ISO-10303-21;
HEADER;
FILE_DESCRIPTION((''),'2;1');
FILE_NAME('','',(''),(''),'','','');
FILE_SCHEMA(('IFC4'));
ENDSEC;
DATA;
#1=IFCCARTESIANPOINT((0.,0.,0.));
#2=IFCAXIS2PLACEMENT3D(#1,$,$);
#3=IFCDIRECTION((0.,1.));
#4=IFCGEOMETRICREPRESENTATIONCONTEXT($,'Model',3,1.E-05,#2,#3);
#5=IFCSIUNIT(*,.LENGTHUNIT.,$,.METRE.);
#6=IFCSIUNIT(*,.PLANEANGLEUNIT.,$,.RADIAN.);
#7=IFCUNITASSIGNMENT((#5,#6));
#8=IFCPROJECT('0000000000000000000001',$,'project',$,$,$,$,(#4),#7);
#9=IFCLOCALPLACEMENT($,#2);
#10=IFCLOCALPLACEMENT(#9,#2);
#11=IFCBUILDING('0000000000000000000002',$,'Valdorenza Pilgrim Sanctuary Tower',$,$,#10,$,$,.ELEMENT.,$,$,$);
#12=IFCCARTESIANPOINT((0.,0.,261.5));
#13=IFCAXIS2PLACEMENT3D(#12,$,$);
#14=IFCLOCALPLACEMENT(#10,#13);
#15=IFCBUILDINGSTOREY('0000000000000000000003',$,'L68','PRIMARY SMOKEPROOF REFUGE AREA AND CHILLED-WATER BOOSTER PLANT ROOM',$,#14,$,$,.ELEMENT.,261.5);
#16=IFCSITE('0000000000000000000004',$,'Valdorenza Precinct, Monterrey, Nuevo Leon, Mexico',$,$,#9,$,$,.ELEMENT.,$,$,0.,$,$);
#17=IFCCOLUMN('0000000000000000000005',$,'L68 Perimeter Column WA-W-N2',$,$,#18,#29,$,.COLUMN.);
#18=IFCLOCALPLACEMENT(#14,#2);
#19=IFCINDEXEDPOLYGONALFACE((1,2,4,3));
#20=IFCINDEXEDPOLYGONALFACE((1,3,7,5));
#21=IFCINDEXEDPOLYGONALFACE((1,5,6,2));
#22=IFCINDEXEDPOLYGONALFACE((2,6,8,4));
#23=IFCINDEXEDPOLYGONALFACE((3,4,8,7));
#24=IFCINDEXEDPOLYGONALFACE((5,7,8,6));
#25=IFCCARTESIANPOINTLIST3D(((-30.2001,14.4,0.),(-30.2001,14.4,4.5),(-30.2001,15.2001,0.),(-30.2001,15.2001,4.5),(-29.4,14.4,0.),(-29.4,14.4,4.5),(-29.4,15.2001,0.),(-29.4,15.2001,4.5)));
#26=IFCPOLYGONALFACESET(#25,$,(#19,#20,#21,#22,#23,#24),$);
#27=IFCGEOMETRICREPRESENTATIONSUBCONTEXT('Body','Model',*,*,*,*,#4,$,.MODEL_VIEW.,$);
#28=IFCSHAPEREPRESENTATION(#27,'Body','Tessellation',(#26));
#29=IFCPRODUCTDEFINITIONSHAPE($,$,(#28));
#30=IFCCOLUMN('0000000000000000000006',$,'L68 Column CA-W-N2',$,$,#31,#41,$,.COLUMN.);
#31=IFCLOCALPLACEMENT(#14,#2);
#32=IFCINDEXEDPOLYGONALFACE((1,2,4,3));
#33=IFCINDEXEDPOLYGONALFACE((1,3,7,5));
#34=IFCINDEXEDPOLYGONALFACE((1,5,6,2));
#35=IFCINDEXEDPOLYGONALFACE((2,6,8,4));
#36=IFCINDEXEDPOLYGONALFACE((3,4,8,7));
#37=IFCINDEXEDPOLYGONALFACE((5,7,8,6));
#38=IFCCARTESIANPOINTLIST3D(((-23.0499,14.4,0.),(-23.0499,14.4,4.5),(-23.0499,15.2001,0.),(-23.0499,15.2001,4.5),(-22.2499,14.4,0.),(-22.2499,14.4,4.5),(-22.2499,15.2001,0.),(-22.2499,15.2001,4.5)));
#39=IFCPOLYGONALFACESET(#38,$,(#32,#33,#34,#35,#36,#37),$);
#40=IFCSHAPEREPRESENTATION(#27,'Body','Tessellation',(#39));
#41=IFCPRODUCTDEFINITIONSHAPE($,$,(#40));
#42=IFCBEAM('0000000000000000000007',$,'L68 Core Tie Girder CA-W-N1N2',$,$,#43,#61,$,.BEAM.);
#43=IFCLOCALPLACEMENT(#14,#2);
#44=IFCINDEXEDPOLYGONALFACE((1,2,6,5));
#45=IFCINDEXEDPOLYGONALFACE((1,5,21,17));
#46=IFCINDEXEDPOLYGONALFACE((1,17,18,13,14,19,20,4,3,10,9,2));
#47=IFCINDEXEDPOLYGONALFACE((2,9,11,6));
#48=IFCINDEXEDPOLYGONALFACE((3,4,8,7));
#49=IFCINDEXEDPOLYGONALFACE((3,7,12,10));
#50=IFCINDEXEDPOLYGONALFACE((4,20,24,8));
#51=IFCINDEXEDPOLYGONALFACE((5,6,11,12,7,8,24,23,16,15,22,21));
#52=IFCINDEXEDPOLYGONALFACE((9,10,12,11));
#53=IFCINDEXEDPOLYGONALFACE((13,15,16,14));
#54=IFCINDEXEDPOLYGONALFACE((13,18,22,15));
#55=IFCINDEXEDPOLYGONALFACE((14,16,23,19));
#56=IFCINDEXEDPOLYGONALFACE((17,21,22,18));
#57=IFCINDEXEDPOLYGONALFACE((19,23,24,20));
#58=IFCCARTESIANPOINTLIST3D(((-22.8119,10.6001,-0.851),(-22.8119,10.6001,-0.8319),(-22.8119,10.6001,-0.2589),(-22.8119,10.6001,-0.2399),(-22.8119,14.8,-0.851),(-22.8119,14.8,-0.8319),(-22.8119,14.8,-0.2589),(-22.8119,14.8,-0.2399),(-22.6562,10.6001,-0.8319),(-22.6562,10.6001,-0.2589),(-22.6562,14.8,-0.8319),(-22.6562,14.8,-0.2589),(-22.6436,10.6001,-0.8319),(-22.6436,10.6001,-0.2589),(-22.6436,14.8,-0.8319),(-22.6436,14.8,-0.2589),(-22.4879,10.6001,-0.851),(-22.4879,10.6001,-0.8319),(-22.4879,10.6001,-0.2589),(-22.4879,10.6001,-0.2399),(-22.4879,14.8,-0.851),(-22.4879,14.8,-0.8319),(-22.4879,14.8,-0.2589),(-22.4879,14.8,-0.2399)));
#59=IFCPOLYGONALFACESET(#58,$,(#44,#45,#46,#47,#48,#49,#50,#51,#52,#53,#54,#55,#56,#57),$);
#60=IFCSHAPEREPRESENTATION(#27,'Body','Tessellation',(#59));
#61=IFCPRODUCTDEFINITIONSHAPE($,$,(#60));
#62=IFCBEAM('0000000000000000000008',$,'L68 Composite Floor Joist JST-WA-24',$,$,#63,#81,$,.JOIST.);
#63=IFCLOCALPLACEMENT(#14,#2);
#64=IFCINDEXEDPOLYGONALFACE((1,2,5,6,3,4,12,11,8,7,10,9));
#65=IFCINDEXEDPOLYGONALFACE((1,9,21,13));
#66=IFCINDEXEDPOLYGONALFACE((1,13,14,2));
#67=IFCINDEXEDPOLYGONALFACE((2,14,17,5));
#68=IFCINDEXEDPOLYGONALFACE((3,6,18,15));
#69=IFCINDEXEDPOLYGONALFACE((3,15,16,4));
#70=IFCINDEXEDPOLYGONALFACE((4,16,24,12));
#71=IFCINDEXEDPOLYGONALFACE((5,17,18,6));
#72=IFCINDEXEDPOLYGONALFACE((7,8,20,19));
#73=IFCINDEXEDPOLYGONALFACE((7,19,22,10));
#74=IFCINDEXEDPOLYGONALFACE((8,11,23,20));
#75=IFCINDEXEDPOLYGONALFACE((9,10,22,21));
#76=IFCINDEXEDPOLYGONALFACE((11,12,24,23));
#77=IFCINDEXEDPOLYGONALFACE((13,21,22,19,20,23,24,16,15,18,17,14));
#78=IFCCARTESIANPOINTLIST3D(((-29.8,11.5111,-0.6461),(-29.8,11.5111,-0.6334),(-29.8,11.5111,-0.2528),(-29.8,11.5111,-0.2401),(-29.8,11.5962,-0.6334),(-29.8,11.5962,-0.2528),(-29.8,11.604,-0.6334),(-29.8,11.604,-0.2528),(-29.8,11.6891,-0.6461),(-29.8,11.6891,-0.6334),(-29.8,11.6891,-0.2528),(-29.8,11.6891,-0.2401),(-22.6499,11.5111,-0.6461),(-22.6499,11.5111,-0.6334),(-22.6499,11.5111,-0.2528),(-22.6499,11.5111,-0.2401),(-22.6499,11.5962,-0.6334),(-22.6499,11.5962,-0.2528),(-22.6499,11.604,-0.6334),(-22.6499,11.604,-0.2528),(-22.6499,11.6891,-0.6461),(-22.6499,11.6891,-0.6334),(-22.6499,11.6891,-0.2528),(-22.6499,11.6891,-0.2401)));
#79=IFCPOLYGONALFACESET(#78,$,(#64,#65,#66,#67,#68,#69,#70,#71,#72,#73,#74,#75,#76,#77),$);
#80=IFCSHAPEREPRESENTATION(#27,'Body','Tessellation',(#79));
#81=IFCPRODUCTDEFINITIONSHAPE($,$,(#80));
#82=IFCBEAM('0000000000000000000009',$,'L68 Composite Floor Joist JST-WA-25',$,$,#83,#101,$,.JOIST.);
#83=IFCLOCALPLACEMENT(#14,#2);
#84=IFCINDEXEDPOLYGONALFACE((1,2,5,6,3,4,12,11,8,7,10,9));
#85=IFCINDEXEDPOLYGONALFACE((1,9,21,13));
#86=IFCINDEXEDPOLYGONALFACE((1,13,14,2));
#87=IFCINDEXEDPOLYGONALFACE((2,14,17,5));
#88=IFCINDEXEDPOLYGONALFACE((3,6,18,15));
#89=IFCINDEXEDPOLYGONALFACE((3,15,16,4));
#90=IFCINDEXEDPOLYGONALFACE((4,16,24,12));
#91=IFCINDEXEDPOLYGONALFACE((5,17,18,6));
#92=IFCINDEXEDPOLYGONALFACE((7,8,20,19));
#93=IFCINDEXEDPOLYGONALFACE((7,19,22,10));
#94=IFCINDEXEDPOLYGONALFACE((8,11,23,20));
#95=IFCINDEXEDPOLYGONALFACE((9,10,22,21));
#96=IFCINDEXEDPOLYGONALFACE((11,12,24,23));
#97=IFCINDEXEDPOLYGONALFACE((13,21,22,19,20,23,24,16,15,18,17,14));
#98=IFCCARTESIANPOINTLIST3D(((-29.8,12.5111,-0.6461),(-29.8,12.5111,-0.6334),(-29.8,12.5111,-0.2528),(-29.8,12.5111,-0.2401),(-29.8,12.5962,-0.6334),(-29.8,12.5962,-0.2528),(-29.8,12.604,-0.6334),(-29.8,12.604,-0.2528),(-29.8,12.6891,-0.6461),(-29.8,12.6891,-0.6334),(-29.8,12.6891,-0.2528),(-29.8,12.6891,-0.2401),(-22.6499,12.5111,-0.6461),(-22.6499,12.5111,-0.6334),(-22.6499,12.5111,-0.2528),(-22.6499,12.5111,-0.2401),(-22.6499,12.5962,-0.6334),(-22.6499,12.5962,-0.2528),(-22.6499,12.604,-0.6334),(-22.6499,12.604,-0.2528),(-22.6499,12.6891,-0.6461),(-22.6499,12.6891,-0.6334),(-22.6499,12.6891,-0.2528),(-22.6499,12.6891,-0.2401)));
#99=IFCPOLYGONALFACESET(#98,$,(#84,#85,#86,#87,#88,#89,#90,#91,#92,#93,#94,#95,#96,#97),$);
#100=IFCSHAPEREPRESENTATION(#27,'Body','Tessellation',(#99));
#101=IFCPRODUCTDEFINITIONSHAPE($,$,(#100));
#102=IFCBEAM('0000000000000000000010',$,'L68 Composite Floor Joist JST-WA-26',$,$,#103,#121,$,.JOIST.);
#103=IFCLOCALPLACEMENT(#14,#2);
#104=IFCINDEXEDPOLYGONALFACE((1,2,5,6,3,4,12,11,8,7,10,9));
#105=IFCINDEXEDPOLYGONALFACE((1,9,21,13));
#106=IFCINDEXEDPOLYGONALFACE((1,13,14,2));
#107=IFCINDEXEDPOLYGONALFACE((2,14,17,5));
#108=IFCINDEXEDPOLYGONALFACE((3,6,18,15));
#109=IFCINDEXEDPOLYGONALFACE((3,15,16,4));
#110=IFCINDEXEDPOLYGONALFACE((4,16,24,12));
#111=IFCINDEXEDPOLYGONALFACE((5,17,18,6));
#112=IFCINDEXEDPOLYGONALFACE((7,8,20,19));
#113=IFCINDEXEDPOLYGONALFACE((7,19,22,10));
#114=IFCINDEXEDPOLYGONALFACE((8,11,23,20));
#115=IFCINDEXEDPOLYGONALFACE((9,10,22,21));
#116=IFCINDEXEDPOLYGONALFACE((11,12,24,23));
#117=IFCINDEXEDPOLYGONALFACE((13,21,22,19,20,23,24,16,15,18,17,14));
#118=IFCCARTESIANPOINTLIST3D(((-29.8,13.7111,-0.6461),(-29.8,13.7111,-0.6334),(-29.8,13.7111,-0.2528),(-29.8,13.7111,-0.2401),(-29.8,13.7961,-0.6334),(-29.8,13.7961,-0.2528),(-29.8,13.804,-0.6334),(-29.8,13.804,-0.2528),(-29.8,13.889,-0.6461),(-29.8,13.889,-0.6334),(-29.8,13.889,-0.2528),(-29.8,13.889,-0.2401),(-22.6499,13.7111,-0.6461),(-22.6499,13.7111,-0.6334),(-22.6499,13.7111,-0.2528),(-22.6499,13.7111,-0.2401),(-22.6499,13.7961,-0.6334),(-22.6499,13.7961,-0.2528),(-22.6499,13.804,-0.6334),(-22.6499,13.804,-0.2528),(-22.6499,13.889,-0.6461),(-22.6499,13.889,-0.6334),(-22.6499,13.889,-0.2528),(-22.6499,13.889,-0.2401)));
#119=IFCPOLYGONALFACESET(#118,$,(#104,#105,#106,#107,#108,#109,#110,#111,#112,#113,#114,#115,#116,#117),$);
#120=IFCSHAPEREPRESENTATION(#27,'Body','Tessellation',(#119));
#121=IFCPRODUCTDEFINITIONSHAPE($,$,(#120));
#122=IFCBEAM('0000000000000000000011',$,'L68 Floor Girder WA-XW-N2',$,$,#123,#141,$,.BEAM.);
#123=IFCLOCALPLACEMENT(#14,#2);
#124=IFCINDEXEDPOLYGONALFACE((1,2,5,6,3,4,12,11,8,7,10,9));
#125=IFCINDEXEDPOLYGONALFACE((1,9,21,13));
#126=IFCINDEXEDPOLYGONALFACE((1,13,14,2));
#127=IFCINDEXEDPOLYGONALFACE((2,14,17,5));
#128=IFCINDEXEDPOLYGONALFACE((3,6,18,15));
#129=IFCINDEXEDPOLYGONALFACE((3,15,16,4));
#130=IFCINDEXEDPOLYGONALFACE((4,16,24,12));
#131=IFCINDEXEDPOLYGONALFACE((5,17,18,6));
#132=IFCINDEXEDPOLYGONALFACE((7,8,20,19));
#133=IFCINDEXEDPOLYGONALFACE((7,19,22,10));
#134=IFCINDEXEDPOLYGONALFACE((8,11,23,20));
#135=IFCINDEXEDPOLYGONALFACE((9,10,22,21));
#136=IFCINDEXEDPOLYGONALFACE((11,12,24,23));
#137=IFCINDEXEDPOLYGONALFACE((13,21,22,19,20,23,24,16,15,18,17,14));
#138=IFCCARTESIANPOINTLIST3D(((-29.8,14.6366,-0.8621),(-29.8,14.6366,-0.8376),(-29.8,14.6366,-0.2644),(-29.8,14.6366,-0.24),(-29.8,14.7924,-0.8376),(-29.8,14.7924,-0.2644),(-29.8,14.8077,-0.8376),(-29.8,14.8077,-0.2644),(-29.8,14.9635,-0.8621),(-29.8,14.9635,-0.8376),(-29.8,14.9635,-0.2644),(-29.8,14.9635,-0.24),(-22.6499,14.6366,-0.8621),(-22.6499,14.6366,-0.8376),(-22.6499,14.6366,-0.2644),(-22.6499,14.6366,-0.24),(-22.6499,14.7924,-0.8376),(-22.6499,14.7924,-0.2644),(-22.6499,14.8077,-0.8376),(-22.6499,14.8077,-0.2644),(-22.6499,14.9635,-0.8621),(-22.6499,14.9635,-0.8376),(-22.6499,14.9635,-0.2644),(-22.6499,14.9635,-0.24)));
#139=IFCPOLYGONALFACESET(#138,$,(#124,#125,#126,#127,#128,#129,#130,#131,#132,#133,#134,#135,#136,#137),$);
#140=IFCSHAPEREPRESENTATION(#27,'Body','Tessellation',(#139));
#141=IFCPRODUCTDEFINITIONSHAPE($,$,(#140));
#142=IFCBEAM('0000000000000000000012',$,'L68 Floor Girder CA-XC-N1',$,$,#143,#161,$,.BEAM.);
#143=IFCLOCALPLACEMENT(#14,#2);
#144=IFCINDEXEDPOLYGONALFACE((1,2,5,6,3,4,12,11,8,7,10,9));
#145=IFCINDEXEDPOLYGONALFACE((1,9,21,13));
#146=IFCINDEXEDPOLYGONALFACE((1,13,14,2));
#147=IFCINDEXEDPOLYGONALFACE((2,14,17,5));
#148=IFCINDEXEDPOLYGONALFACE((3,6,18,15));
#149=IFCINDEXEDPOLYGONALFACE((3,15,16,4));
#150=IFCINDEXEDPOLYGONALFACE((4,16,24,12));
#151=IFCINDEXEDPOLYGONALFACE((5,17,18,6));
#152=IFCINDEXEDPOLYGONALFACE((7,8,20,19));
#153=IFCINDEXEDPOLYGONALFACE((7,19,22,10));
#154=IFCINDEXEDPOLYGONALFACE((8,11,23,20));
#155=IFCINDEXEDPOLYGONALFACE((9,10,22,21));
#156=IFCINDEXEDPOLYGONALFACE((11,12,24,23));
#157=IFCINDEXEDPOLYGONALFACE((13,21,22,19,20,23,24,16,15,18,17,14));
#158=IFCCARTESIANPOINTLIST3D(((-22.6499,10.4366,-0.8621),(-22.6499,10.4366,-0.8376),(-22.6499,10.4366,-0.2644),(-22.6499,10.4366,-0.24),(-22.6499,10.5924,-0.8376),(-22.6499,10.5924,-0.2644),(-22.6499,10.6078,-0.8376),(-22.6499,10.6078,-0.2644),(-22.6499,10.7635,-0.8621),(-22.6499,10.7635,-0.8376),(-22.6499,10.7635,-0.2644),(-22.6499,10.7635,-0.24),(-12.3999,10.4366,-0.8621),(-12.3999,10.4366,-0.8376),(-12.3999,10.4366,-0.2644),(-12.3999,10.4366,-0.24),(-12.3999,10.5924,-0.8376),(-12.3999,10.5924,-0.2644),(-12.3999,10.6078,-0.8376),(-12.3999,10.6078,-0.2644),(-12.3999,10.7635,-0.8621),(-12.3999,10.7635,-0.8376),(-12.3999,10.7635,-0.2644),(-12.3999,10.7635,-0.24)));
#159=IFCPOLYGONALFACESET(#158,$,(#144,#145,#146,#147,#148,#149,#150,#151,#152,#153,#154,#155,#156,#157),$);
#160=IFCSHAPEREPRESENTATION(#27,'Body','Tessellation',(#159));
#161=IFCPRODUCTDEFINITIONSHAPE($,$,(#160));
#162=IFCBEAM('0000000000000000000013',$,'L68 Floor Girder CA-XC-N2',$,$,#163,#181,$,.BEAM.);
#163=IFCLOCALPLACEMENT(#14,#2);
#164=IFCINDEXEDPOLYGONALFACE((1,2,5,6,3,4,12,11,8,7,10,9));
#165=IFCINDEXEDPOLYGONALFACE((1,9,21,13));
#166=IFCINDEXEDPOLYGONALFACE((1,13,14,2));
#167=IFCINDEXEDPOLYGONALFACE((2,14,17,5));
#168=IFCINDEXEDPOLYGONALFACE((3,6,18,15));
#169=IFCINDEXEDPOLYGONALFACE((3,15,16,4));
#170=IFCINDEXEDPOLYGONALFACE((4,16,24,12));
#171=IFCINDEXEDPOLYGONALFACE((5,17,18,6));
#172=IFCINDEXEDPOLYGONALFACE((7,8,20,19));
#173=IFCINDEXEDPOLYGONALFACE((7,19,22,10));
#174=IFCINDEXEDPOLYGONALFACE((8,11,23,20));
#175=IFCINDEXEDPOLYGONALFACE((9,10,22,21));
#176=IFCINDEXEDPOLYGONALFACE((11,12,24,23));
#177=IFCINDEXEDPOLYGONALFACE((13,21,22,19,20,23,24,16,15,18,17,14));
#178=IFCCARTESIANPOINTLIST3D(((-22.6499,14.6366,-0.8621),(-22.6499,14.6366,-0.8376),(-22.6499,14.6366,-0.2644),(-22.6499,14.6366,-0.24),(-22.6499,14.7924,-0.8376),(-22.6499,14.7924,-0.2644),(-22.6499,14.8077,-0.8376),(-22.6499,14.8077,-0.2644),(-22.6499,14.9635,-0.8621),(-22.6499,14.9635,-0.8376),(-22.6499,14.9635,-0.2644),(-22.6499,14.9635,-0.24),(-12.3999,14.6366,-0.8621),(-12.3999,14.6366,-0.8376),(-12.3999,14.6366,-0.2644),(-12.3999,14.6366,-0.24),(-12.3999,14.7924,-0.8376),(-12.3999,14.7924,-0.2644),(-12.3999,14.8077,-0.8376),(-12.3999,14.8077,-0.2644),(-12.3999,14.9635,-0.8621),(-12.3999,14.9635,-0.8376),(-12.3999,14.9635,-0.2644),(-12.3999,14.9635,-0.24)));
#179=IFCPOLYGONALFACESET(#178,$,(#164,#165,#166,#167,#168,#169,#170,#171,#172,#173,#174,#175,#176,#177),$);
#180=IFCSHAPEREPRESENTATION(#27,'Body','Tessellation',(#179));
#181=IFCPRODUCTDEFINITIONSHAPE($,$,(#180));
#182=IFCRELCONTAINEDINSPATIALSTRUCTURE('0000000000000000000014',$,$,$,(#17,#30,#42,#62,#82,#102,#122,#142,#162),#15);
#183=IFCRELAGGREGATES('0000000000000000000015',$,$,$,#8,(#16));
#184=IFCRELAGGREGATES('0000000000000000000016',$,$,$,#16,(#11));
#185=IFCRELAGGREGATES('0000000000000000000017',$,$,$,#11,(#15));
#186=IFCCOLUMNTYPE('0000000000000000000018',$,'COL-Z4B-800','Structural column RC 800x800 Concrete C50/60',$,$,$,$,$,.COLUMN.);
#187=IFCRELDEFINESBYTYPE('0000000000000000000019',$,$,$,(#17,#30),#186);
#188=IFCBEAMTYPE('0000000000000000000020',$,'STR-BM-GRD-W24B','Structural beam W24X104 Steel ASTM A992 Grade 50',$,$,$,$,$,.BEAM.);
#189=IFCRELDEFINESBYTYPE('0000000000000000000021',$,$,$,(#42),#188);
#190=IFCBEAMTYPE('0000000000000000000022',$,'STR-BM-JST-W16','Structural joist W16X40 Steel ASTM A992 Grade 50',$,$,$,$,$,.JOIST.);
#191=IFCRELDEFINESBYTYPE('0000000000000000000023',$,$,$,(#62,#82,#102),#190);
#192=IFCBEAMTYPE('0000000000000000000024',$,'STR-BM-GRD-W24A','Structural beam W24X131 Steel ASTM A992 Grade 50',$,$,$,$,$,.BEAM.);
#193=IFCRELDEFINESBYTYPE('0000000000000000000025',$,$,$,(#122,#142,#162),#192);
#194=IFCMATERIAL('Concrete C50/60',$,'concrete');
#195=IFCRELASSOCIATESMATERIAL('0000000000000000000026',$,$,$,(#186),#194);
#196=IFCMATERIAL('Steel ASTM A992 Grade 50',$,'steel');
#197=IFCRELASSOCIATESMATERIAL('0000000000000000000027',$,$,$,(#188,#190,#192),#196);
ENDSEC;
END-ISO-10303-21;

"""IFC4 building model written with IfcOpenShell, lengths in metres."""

from ifc_helpers import new_model, si_unit, direction, frame, origin, origin_2d, place, context, subcontext, project, spatial, rectangle, i_section, extrude, source, transform, mapped, material, material_profile, profile_set, type_object, element, save


model = new_model("IFC4")

# Units and contexts
model_context = context("Model", 3, precision=1e-05, world=origin(), true_north=direction((0.0, 1.0)))
body_context = subcontext(model_context, "Body", "Model", "MODEL_VIEW")
ifc_project = project(units=[si_unit("LENGTHUNIT", "METRE"), si_unit("PLANEANGLEUNIT", "RADIAN")], contexts=[model_context])

# Site, building, storey
site_placement = place(None, origin())
site = spatial("IfcSite", under=ifc_project, at=site_placement, Name="Valdorenza Precinct, Monterrey, Nuevo Leon, Mexico", CompositionType="ELEMENT", RefElevation=0.0)
building_placement = place(site_placement, origin())
building = spatial("IfcBuilding", under=site, at=building_placement, Name="Valdorenza Pilgrim Sanctuary Tower", CompositionType="ELEMENT")
storey_placement = place(building_placement, frame((0.0, 0.0, 261.5)))
storey = spatial("IfcBuildingStorey", under=building, at=storey_placement, Name="L68", Description="PRIMARY SMOKEPROOF REFUGE AREA AND CHILLED-WATER BOOSTER PLANT ROOM", CompositionType="ELEMENT", Elevation=261.5)

# Columns
ifc_material_1 = material(Name="Concrete C50/60", Category="concrete")
ifc_material_profile_1 = material_profile(ifc_material_1, rectangle(XDim=0.8, YDim=0.8, at=origin_2d()), Name="RC 800x800")
ifc_profile_set_1 = profile_set([ifc_material_profile_1], Name="Concrete C50/60")
column_type = type_object("IfcColumnType", Name="COL-Z4B-800", Description="Structural column RC 800x800 Concrete C50/60", PredefinedType="COLUMN", material=ifc_profile_set_1)
shared_shape_1 = source(origin(), body_context, "Body", "SweptSolid", [
    extrude(rectangle(XDim=0.8, YDim=0.8, at=origin_2d()), origin(), (0.0, 0.0, 1.0), 4.5),
])
for number, where, z_axis, x_axis, name in (
    (1, (-29.8, 14.8, 0.0), (0.0, 0.0, 1.0), (1.0, 0.0, 0.0), "L68 Perimeter Column WA-W-N2"),
    (2, (-22.6499, 14.8, 0.0), (0.0, 0.0, 1.0), (1.0, 0.0, 0.0), "L68 Column CA-W-N2"),
):
    element("IfcColumn", number, at=place(storey_placement, frame(where, z_axis=z_axis, x_axis=x_axis)), inside=storey, type_object=column_type, Name=name, PredefinedType="COLUMN", context=body_context, shape_type="MappedRepresentation", body=[
        mapped(shared_shape_1, transform((0.0, 0.0, 0.0), x_axis=(1.0, 0.0, 0.0), y_axis=(0.0, 1.0, 0.0), z_axis=(0.0, 0.0, 1.0), scale=1.0)),
    ])

# Beams
ifc_material_2 = material(Name="Steel ASTM A992 Grade 50", Category="steel")
ifc_material_profile_2 = material_profile(ifc_material_2, i_section(OverallWidth=0.324, OverallDepth=0.6111, WebThickness=0.0127, FlangeThickness=0.019, at=origin_2d()), Name="W24X104")
ifc_profile_set_2 = profile_set([ifc_material_profile_2], Name="Steel ASTM A992 Grade 50")
beam_type_1 = type_object("IfcBeamType", Name="STR-BM-GRD-W24B", Description="Structural beam W24X104 Steel ASTM A992 Grade 50", PredefinedType="BEAM", material=ifc_profile_set_2)
shared_shape_2 = source(origin(), body_context, "Body", "SweptSolid", [
    extrude(i_section(OverallWidth=0.324, OverallDepth=0.6111, WebThickness=0.0127, FlangeThickness=0.019, at=origin_2d()), origin(), (0.0, 0.0, 1.0), 4.2),
])
beam_1_placement = place(storey_placement, frame((-22.6499, 10.6001, -0.5454), z_axis=(0.0, 1.0, 0.0), x_axis=(-1.0, 0.0, 0.0)))
element("IfcBeam", 3, at=beam_1_placement, inside=storey, type_object=beam_type_1, Name="L68 Core Tie Girder CA-W-N1N2", PredefinedType="BEAM", context=body_context, shape_type="MappedRepresentation", body=[
    mapped(shared_shape_2, transform((0.0, 0.0, 0.0), x_axis=(1.0, 0.0, 0.0), y_axis=(0.0, 1.0, 0.0), z_axis=(0.0, 0.0, 1.0), scale=1.0)),
])
ifc_material_profile_3 = material_profile(ifc_material_2, i_section(OverallWidth=0.178, OverallDepth=0.406, WebThickness=0.0078, FlangeThickness=0.0127, at=origin_2d()), Name="W16X40")
ifc_profile_set_3 = profile_set([ifc_material_profile_3], Name="Steel ASTM A992 Grade 50")
beam_type_2 = type_object("IfcBeamType", Name="STR-BM-JST-W16", Description="Structural joist W16X40 Steel ASTM A992 Grade 50", PredefinedType="JOIST", material=ifc_profile_set_3)
shared_shape_3 = source(origin(), body_context, "Body", "SweptSolid", [
    extrude(i_section(OverallWidth=0.178, OverallDepth=0.406, WebThickness=0.0078, FlangeThickness=0.0127, at=origin_2d()), origin(), (0.0, 0.0, 1.0), 7.1501),
])
for number, where, z_axis, x_axis, name in (
    (4, (-29.8, 11.6001, -0.4431), (1.0, 0.0, 0.0), (0.0, 1.0, 0.0), "L68 Composite Floor Joist JST-WA-24"),
    (5, (-29.8, 12.6001, -0.4431), (1.0, 0.0, 0.0), (0.0, 1.0, 0.0), "L68 Composite Floor Joist JST-WA-25"),
    (6, (-29.8, 13.8, -0.4431), (1.0, 0.0, 0.0), (0.0, 1.0, 0.0), "L68 Composite Floor Joist JST-WA-26"),
):
    element("IfcBeam", number, at=place(storey_placement, frame(where, z_axis=z_axis, x_axis=x_axis)), inside=storey, type_object=beam_type_2, Name=name, PredefinedType="JOIST", context=body_context, shape_type="MappedRepresentation", body=[
        mapped(shared_shape_3, transform((0.0, 0.0, 0.0), x_axis=(1.0, 0.0, 0.0), y_axis=(0.0, 1.0, 0.0), z_axis=(0.0, 0.0, 1.0), scale=1.0)),
    ])
ifc_material_profile_4 = material_profile(ifc_material_2, i_section(OverallWidth=0.3269, OverallDepth=0.6221, WebThickness=0.0154, FlangeThickness=0.0244, at=origin_2d()), Name="W24X131")
ifc_profile_set_4 = profile_set([ifc_material_profile_4], Name="Steel ASTM A992 Grade 50")
beam_type_3 = type_object("IfcBeamType", Name="STR-BM-GRD-W24A", Description="Structural beam W24X131 Steel ASTM A992 Grade 50", PredefinedType="BEAM", material=ifc_profile_set_4)
shared_shape_4 = source(origin(), body_context, "Body", "SweptSolid", [
    extrude(i_section(OverallWidth=0.3269, OverallDepth=0.6221, WebThickness=0.0154, FlangeThickness=0.0244, at=origin_2d()), origin(), (0.0, 0.0, 1.0), 7.1501),
])
beam_2_placement = place(storey_placement, frame((-29.8, 14.8, -0.551), z_axis=(1.0, 0.0, 0.0), x_axis=(0.0, 1.0, 0.0)))
element("IfcBeam", 7, at=beam_2_placement, inside=storey, type_object=beam_type_3, Name="L68 Floor Girder WA-XW-N2", PredefinedType="BEAM", context=body_context, shape_type="MappedRepresentation", body=[
    mapped(shared_shape_4, transform((0.0, 0.0, 0.0), x_axis=(1.0, 0.0, 0.0), y_axis=(0.0, 1.0, 0.0), z_axis=(0.0, 0.0, 1.0), scale=1.0)),
])
shared_shape_5 = source(origin(), body_context, "Body", "SweptSolid", [
    extrude(i_section(OverallWidth=0.3269, OverallDepth=0.6221, WebThickness=0.0154, FlangeThickness=0.0244, at=origin_2d()), origin(), (0.0, 0.0, 1.0), 10.25),
])
for number, where, z_axis, x_axis, name in (
    (8, (-22.6499, 10.6001, -0.551), (1.0, 0.0, 0.0), (0.0, 1.0, 0.0), "L68 Floor Girder CA-XC-N1"),
    (9, (-22.6499, 14.8, -0.551), (1.0, 0.0, 0.0), (0.0, 1.0, 0.0), "L68 Floor Girder CA-XC-N2"),
):
    element("IfcBeam", number, at=place(storey_placement, frame(where, z_axis=z_axis, x_axis=x_axis)), inside=storey, type_object=beam_type_3, Name=name, PredefinedType="BEAM", context=body_context, shape_type="MappedRepresentation", body=[
        mapped(shared_shape_5, transform((0.0, 0.0, 0.0), x_axis=(1.0, 0.0, 0.0), y_axis=(0.0, 1.0, 0.0), z_axis=(0.0, 0.0, 1.0), scale=1.0)),
    ])

save(model, "model.ifc")
